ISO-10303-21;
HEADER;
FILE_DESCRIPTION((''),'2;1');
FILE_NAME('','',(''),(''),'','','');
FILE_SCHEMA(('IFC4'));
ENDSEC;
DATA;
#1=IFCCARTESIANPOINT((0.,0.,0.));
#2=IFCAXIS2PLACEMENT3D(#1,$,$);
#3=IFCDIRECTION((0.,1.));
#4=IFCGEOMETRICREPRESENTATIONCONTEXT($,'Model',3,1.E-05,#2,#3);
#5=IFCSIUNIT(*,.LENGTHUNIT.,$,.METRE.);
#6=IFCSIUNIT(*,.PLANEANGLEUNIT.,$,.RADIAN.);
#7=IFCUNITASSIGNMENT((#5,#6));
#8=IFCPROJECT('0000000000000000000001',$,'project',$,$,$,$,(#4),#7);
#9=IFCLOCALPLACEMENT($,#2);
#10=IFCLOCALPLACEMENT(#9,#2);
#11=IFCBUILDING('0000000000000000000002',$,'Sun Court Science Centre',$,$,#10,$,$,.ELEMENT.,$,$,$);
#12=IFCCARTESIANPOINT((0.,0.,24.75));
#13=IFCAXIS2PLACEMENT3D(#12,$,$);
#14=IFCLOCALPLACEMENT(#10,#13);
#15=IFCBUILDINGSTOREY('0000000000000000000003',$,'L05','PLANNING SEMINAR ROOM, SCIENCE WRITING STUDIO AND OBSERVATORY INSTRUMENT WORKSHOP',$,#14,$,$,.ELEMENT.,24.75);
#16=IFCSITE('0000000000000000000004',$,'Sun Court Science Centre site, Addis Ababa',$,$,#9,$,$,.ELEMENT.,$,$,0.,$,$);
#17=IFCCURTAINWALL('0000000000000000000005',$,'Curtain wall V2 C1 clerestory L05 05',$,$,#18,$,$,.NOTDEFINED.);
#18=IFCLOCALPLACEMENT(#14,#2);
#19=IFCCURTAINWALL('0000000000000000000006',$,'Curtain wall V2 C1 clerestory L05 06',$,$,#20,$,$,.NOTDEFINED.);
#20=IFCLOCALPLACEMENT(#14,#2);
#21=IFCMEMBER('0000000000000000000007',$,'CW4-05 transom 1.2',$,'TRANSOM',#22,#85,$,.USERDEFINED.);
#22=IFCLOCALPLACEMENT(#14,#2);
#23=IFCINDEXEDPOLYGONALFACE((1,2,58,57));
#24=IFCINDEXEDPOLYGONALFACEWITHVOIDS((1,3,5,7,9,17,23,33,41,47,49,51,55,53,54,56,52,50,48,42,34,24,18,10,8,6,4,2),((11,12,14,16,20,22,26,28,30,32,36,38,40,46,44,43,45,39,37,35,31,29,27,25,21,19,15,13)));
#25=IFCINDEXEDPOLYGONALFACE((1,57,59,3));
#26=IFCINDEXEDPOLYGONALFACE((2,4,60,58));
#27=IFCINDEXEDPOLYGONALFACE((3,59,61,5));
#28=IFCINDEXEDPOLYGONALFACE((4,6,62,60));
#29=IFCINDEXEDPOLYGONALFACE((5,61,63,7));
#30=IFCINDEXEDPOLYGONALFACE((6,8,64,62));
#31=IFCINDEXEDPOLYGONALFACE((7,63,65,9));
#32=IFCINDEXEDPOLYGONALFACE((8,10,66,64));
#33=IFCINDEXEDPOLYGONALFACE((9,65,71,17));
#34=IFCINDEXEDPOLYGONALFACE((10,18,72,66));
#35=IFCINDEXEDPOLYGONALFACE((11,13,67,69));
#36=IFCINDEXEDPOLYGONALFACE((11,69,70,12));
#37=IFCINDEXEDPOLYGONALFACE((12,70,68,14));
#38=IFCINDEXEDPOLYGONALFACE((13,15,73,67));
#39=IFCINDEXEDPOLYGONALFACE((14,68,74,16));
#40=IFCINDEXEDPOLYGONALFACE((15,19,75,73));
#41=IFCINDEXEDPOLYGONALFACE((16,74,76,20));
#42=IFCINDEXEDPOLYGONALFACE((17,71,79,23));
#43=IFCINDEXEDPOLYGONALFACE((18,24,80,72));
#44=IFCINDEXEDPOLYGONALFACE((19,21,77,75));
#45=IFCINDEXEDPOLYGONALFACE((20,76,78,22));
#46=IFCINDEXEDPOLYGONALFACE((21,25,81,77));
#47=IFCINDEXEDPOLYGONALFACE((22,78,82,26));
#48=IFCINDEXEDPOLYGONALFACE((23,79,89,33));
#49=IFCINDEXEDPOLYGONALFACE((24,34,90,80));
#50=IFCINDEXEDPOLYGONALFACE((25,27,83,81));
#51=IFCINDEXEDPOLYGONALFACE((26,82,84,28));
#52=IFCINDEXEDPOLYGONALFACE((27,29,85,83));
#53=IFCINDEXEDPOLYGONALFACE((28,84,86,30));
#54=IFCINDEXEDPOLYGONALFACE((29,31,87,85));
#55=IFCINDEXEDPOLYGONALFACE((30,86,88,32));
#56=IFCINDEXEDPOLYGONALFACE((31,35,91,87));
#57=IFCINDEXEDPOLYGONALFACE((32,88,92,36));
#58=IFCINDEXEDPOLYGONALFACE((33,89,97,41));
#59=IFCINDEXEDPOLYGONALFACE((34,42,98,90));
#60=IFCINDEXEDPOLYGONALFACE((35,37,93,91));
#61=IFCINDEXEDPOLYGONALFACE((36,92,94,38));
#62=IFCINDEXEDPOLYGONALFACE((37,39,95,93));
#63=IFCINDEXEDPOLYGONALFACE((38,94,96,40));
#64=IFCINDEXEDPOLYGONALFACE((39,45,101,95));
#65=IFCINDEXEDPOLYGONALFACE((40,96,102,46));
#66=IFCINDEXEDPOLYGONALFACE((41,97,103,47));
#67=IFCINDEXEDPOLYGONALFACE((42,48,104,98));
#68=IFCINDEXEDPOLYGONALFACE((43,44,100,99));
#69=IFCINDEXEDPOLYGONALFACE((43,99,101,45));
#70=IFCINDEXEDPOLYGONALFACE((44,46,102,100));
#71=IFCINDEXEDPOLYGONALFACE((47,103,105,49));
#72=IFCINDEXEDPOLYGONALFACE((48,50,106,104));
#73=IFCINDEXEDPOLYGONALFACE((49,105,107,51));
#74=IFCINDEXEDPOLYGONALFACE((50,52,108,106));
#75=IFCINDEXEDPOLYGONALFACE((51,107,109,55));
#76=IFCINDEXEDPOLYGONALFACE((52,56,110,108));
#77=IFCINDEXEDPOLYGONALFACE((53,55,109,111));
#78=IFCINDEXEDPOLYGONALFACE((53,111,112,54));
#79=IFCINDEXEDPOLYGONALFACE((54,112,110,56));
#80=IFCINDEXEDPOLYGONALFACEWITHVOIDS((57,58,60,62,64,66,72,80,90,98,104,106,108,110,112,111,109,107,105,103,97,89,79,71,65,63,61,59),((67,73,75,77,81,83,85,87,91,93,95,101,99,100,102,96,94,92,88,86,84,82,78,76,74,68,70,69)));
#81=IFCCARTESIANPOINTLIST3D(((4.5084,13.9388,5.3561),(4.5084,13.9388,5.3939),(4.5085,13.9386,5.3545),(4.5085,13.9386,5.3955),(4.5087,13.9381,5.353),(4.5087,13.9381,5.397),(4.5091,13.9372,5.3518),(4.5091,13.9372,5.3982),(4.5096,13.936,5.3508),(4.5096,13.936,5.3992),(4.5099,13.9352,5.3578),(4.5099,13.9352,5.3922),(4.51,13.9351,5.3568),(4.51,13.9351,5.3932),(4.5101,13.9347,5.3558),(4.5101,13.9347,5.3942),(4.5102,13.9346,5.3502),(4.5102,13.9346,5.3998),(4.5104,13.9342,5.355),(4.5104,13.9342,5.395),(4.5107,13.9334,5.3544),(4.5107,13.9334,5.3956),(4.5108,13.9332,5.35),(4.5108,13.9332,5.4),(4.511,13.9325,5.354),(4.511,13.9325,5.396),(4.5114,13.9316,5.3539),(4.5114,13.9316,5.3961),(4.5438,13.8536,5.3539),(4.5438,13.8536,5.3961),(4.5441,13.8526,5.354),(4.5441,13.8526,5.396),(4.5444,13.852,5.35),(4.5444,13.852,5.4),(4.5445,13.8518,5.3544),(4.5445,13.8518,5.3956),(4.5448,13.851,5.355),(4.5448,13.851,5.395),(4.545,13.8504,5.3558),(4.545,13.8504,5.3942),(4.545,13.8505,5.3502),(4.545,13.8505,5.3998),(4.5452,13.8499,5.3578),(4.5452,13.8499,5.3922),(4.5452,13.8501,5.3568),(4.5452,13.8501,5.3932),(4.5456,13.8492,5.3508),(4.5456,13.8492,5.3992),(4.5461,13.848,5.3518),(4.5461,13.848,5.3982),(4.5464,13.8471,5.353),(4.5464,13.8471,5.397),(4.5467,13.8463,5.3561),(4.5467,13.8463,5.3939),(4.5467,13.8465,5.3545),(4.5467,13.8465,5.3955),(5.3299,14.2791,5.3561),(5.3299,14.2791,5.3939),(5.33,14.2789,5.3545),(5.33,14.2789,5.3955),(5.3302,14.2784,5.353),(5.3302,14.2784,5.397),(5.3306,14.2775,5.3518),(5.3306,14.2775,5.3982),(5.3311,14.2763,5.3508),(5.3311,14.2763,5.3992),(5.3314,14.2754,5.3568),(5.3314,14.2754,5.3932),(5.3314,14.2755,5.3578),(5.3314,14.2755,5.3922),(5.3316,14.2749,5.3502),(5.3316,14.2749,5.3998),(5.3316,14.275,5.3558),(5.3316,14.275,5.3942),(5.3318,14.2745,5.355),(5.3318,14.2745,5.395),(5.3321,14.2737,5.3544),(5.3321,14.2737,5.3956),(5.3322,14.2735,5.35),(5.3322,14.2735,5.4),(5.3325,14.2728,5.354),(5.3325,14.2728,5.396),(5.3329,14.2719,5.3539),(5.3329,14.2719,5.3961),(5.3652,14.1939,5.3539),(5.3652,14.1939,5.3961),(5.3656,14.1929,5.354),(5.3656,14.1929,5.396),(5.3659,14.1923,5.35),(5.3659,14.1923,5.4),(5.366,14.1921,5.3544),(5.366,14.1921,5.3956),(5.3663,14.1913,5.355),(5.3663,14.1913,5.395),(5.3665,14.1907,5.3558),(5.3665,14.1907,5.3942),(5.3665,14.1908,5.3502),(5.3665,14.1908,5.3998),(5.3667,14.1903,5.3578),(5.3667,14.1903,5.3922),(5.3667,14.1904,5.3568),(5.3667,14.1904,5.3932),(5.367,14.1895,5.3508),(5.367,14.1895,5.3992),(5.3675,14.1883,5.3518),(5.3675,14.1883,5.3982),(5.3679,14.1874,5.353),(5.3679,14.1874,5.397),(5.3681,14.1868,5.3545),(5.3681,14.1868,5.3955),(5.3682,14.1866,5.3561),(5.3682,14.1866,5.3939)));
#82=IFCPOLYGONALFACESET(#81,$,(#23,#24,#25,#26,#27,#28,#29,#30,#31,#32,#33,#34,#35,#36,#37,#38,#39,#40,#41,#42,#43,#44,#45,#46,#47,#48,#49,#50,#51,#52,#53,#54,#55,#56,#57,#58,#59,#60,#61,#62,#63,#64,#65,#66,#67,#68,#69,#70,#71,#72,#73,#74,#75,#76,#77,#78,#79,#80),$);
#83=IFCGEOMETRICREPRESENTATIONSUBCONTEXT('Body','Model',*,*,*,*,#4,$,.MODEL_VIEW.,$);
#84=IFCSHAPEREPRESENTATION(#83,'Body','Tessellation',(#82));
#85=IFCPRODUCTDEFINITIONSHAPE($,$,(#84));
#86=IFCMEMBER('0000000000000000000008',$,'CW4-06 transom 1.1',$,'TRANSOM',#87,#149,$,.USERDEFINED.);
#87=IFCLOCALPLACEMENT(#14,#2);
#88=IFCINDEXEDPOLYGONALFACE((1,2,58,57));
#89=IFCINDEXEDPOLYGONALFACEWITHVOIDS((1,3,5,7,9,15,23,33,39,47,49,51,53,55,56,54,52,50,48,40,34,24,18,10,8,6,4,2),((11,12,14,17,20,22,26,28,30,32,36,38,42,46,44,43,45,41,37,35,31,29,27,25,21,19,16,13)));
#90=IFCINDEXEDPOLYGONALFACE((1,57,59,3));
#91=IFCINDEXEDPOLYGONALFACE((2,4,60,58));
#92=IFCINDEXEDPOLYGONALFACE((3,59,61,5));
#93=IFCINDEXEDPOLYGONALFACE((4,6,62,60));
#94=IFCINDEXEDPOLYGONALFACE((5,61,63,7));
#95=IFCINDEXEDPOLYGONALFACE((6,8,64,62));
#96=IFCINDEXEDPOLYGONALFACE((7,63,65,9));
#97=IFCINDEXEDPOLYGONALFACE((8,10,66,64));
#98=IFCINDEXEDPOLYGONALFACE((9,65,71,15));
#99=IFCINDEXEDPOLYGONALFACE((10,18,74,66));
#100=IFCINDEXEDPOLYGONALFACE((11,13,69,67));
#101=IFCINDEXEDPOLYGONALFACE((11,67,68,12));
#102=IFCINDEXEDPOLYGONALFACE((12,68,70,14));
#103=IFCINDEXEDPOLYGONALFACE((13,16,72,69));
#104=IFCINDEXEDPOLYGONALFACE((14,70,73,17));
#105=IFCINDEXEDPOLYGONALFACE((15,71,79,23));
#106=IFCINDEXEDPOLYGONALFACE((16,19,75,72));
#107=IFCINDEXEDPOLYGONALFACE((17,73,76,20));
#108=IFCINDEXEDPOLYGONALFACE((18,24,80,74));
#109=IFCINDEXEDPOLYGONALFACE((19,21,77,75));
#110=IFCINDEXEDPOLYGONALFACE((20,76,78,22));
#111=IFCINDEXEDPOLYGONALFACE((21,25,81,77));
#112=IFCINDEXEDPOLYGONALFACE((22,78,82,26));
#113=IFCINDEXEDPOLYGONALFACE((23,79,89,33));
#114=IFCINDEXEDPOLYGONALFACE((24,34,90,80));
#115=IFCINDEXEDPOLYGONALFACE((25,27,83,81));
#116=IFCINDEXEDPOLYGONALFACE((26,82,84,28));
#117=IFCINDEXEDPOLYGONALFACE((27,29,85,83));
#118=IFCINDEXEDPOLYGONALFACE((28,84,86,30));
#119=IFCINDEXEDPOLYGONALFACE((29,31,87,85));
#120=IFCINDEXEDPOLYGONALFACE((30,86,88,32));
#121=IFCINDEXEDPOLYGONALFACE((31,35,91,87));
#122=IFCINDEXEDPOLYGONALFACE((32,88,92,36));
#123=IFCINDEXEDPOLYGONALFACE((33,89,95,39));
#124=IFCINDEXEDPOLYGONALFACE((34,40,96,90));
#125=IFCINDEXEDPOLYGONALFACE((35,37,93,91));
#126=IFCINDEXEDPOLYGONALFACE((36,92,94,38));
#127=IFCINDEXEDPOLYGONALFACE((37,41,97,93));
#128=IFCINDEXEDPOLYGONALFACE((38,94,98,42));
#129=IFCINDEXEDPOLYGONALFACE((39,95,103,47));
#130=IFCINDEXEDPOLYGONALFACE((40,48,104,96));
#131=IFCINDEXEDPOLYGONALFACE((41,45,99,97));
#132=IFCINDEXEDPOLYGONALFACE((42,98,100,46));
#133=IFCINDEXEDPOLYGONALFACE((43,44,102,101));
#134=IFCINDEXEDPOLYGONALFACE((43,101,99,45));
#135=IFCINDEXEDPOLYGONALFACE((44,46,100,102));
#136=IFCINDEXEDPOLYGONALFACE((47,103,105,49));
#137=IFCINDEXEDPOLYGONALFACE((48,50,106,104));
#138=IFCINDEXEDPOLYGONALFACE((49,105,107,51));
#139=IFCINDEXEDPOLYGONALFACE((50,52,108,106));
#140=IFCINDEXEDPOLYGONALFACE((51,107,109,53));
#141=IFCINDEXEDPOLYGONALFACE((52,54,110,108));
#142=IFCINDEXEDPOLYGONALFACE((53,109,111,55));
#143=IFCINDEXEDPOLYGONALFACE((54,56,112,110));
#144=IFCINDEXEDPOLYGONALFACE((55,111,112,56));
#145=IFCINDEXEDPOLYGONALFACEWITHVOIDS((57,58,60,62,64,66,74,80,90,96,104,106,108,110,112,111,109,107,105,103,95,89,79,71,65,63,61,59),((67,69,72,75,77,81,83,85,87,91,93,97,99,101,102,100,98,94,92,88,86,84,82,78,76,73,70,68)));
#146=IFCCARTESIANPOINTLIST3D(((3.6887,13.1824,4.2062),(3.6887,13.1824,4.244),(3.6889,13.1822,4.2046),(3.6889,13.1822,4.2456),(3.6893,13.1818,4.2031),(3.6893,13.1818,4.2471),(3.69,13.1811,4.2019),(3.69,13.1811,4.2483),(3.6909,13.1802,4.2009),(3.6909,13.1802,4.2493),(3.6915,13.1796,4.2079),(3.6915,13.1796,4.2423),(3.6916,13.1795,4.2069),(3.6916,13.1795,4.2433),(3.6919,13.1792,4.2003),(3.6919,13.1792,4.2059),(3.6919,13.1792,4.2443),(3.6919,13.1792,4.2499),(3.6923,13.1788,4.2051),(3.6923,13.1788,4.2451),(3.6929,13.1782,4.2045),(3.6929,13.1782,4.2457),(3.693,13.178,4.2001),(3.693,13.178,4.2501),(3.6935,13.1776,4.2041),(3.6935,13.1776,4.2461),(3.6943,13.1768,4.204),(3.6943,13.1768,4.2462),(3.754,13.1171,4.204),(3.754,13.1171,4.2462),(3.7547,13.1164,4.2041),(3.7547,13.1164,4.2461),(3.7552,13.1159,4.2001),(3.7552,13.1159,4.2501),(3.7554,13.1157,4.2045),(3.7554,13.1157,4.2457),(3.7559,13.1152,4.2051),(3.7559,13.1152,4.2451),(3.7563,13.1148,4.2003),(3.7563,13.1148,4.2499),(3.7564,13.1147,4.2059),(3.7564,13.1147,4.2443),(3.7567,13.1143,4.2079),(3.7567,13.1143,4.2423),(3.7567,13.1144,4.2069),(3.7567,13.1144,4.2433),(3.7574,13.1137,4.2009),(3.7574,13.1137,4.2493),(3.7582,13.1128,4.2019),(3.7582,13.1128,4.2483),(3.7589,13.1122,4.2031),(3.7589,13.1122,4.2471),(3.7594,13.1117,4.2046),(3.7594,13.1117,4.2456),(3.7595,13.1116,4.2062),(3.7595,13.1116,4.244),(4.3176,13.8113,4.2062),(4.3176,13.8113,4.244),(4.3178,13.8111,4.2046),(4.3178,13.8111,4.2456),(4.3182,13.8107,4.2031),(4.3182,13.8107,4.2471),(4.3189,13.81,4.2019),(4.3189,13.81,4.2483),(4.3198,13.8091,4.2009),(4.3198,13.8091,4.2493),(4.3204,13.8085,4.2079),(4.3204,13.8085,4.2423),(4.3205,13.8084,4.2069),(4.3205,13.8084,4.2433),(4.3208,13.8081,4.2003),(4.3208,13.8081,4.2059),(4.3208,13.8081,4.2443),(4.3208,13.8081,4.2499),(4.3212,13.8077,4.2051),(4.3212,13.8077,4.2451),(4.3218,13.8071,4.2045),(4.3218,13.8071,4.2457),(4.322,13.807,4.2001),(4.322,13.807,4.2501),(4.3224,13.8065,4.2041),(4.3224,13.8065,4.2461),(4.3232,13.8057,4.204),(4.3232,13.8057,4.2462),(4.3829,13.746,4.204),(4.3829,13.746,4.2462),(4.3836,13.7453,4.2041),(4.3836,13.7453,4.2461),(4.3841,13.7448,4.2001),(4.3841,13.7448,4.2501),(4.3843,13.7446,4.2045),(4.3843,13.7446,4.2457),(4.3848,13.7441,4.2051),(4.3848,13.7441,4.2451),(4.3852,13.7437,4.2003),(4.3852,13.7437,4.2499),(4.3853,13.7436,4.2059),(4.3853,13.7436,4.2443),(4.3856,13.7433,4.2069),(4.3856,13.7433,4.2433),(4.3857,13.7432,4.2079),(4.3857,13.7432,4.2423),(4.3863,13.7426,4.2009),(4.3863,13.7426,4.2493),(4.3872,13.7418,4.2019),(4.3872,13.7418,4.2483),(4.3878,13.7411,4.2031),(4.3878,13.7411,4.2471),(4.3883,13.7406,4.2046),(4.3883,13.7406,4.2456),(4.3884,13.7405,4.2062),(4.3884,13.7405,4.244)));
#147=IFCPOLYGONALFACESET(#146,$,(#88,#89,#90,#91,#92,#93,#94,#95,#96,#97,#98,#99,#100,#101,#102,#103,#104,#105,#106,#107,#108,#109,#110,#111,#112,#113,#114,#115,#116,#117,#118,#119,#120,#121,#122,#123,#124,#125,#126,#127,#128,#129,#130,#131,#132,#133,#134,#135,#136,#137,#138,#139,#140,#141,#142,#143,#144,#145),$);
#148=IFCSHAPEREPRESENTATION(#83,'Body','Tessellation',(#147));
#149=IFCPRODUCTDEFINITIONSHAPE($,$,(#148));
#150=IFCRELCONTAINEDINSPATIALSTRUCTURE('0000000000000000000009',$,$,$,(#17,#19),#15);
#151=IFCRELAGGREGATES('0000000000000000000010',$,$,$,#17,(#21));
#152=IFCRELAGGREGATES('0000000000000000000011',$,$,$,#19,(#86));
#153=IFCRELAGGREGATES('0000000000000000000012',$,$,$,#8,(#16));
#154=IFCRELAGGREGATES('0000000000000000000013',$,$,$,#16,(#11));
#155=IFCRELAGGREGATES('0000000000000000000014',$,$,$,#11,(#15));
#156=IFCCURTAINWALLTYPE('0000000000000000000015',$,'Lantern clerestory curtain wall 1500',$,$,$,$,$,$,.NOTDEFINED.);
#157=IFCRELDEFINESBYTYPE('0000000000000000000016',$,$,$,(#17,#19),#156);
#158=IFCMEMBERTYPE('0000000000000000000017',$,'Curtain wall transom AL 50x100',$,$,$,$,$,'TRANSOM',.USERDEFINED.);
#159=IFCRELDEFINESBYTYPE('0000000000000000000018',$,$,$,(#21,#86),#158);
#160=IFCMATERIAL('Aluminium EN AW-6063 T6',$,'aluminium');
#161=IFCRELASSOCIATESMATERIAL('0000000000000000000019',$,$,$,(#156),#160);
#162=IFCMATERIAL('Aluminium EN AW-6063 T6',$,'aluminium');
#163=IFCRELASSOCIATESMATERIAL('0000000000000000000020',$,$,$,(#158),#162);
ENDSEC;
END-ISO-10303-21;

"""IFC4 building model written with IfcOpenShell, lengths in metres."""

from ifc_helpers import new_model, si_unit, direction, frame, origin, origin_2d, place, context, subcontext, project, spatial, hollow_rectangle, extrude, material, material_profile, profile_set, type_object, element, aggregate, save


model = new_model("IFC4")

# Units and contexts
model_context = context("Model", 3, precision=1e-05, world=origin(), true_north=direction((0.0, 1.0)))
body_context = subcontext(model_context, "Body", "Model", "MODEL_VIEW")
ifc_project = project(units=[si_unit("LENGTHUNIT", "METRE"), si_unit("PLANEANGLEUNIT", "RADIAN")], contexts=[model_context])

# Site, building, storey
site_placement = place(None, origin())
site = spatial("IfcSite", under=ifc_project, at=site_placement, Name="Sun Court Science Centre site, Addis Ababa", CompositionType="ELEMENT", RefElevation=0.0)
building_placement = place(site_placement, origin())
building = spatial("IfcBuilding", under=site, at=building_placement, Name="Sun Court Science Centre", CompositionType="ELEMENT")
storey_placement = place(building_placement, frame((0.0, 0.0, 24.75)))
storey = spatial("IfcBuildingStorey", under=building, at=storey_placement, Name="L05", Description="PLANNING SEMINAR ROOM, SCIENCE WRITING STUDIO AND OBSERVATORY INSTRUMENT WORKSHOP", CompositionType="ELEMENT", Elevation=24.75)

# Shared definitions
ifc_material_1 = material(Name="Aluminium EN AW-6063 T6", Category="aluminium")
curtain_wall_type = type_object("IfcCurtainWallType", Name="Lantern clerestory curtain wall 1500", PredefinedType="NOTDEFINED", material=ifc_material_1)

# Curtain walls
curtain_wall_1_placement = place(storey_placement, origin())
curtain_wall_1 = element("IfcCurtainWall", 1, at=curtain_wall_1_placement, inside=storey, type_object=curtain_wall_type, Name="Curtain wall V2 C1 clerestory L05 05", PredefinedType="NOTDEFINED")
curtain_wall_2_placement = place(storey_placement, origin())
curtain_wall_2 = element("IfcCurtainWall", 2, at=curtain_wall_2_placement, inside=storey, type_object=curtain_wall_type, Name="Curtain wall V2 C1 clerestory L05 06", PredefinedType="NOTDEFINED")

# Members
ifc_material_2 = material(Name="Aluminium EN AW-6063 T6", Category="aluminium")
ifc_material_profile_1 = material_profile(ifc_material_2, hollow_rectangle(XDim=0.05, YDim=0.1001, WallThickness=0.0039, InnerFilletRadius=0.0039, OuterFilletRadius=0.0061, at=origin_2d()), Name="AL 50x100x4")
ifc_profile_set_1 = profile_set([ifc_material_profile_1], Name="Aluminium EN AW-6063 T6")
member_type_1 = type_object("IfcMemberType", Name="Curtain wall transom AL 50x100", ElementType="TRANSOM", PredefinedType="USERDEFINED", material=ifc_profile_set_1)
member_1_placement = place(storey_placement, frame((4.5276, 13.8926, 5.375), z_axis=(0.923863, 0.382724, 0.0), x_axis=(0.0, 0.0, 1.0)))
member_1 = element("IfcMember", 3, at=member_1_placement, type_object=member_type_1, Name="CW4-05 transom 1.2", ObjectType="TRANSOM", PredefinedType="USERDEFINED", context=body_context, shape_type="SweptSolid", body=[
    extrude(hollow_rectangle(XDim=0.05, YDim=0.1001, WallThickness=0.0039, InnerFilletRadius=0.0039, OuterFilletRadius=0.0061, at=origin_2d()), origin(), (0.0, 0.0, 1.0), 0.8892),
])
member_2_placement = place(storey_placement, frame((3.7241, 13.147, 4.2251), z_axis=(0.707107, 0.707107, 0.0), x_axis=(0.0, 0.0, 1.0)))
member_2 = element("IfcMember", 4, at=member_2_placement, type_object=member_type_1, Name="CW4-06 transom 1.1", ObjectType="TRANSOM", PredefinedType="USERDEFINED", context=body_context, shape_type="SweptSolid", body=[
    extrude(hollow_rectangle(XDim=0.05, YDim=0.1001, WallThickness=0.0039, InnerFilletRadius=0.0039, OuterFilletRadius=0.0061, at=origin_2d()), origin(), (0.0, 0.0, 1.0), 0.8894),
])

aggregate(curtain_wall_1, [member_1])
aggregate(curtain_wall_2, [member_2])

save(model, "model.ifc")
